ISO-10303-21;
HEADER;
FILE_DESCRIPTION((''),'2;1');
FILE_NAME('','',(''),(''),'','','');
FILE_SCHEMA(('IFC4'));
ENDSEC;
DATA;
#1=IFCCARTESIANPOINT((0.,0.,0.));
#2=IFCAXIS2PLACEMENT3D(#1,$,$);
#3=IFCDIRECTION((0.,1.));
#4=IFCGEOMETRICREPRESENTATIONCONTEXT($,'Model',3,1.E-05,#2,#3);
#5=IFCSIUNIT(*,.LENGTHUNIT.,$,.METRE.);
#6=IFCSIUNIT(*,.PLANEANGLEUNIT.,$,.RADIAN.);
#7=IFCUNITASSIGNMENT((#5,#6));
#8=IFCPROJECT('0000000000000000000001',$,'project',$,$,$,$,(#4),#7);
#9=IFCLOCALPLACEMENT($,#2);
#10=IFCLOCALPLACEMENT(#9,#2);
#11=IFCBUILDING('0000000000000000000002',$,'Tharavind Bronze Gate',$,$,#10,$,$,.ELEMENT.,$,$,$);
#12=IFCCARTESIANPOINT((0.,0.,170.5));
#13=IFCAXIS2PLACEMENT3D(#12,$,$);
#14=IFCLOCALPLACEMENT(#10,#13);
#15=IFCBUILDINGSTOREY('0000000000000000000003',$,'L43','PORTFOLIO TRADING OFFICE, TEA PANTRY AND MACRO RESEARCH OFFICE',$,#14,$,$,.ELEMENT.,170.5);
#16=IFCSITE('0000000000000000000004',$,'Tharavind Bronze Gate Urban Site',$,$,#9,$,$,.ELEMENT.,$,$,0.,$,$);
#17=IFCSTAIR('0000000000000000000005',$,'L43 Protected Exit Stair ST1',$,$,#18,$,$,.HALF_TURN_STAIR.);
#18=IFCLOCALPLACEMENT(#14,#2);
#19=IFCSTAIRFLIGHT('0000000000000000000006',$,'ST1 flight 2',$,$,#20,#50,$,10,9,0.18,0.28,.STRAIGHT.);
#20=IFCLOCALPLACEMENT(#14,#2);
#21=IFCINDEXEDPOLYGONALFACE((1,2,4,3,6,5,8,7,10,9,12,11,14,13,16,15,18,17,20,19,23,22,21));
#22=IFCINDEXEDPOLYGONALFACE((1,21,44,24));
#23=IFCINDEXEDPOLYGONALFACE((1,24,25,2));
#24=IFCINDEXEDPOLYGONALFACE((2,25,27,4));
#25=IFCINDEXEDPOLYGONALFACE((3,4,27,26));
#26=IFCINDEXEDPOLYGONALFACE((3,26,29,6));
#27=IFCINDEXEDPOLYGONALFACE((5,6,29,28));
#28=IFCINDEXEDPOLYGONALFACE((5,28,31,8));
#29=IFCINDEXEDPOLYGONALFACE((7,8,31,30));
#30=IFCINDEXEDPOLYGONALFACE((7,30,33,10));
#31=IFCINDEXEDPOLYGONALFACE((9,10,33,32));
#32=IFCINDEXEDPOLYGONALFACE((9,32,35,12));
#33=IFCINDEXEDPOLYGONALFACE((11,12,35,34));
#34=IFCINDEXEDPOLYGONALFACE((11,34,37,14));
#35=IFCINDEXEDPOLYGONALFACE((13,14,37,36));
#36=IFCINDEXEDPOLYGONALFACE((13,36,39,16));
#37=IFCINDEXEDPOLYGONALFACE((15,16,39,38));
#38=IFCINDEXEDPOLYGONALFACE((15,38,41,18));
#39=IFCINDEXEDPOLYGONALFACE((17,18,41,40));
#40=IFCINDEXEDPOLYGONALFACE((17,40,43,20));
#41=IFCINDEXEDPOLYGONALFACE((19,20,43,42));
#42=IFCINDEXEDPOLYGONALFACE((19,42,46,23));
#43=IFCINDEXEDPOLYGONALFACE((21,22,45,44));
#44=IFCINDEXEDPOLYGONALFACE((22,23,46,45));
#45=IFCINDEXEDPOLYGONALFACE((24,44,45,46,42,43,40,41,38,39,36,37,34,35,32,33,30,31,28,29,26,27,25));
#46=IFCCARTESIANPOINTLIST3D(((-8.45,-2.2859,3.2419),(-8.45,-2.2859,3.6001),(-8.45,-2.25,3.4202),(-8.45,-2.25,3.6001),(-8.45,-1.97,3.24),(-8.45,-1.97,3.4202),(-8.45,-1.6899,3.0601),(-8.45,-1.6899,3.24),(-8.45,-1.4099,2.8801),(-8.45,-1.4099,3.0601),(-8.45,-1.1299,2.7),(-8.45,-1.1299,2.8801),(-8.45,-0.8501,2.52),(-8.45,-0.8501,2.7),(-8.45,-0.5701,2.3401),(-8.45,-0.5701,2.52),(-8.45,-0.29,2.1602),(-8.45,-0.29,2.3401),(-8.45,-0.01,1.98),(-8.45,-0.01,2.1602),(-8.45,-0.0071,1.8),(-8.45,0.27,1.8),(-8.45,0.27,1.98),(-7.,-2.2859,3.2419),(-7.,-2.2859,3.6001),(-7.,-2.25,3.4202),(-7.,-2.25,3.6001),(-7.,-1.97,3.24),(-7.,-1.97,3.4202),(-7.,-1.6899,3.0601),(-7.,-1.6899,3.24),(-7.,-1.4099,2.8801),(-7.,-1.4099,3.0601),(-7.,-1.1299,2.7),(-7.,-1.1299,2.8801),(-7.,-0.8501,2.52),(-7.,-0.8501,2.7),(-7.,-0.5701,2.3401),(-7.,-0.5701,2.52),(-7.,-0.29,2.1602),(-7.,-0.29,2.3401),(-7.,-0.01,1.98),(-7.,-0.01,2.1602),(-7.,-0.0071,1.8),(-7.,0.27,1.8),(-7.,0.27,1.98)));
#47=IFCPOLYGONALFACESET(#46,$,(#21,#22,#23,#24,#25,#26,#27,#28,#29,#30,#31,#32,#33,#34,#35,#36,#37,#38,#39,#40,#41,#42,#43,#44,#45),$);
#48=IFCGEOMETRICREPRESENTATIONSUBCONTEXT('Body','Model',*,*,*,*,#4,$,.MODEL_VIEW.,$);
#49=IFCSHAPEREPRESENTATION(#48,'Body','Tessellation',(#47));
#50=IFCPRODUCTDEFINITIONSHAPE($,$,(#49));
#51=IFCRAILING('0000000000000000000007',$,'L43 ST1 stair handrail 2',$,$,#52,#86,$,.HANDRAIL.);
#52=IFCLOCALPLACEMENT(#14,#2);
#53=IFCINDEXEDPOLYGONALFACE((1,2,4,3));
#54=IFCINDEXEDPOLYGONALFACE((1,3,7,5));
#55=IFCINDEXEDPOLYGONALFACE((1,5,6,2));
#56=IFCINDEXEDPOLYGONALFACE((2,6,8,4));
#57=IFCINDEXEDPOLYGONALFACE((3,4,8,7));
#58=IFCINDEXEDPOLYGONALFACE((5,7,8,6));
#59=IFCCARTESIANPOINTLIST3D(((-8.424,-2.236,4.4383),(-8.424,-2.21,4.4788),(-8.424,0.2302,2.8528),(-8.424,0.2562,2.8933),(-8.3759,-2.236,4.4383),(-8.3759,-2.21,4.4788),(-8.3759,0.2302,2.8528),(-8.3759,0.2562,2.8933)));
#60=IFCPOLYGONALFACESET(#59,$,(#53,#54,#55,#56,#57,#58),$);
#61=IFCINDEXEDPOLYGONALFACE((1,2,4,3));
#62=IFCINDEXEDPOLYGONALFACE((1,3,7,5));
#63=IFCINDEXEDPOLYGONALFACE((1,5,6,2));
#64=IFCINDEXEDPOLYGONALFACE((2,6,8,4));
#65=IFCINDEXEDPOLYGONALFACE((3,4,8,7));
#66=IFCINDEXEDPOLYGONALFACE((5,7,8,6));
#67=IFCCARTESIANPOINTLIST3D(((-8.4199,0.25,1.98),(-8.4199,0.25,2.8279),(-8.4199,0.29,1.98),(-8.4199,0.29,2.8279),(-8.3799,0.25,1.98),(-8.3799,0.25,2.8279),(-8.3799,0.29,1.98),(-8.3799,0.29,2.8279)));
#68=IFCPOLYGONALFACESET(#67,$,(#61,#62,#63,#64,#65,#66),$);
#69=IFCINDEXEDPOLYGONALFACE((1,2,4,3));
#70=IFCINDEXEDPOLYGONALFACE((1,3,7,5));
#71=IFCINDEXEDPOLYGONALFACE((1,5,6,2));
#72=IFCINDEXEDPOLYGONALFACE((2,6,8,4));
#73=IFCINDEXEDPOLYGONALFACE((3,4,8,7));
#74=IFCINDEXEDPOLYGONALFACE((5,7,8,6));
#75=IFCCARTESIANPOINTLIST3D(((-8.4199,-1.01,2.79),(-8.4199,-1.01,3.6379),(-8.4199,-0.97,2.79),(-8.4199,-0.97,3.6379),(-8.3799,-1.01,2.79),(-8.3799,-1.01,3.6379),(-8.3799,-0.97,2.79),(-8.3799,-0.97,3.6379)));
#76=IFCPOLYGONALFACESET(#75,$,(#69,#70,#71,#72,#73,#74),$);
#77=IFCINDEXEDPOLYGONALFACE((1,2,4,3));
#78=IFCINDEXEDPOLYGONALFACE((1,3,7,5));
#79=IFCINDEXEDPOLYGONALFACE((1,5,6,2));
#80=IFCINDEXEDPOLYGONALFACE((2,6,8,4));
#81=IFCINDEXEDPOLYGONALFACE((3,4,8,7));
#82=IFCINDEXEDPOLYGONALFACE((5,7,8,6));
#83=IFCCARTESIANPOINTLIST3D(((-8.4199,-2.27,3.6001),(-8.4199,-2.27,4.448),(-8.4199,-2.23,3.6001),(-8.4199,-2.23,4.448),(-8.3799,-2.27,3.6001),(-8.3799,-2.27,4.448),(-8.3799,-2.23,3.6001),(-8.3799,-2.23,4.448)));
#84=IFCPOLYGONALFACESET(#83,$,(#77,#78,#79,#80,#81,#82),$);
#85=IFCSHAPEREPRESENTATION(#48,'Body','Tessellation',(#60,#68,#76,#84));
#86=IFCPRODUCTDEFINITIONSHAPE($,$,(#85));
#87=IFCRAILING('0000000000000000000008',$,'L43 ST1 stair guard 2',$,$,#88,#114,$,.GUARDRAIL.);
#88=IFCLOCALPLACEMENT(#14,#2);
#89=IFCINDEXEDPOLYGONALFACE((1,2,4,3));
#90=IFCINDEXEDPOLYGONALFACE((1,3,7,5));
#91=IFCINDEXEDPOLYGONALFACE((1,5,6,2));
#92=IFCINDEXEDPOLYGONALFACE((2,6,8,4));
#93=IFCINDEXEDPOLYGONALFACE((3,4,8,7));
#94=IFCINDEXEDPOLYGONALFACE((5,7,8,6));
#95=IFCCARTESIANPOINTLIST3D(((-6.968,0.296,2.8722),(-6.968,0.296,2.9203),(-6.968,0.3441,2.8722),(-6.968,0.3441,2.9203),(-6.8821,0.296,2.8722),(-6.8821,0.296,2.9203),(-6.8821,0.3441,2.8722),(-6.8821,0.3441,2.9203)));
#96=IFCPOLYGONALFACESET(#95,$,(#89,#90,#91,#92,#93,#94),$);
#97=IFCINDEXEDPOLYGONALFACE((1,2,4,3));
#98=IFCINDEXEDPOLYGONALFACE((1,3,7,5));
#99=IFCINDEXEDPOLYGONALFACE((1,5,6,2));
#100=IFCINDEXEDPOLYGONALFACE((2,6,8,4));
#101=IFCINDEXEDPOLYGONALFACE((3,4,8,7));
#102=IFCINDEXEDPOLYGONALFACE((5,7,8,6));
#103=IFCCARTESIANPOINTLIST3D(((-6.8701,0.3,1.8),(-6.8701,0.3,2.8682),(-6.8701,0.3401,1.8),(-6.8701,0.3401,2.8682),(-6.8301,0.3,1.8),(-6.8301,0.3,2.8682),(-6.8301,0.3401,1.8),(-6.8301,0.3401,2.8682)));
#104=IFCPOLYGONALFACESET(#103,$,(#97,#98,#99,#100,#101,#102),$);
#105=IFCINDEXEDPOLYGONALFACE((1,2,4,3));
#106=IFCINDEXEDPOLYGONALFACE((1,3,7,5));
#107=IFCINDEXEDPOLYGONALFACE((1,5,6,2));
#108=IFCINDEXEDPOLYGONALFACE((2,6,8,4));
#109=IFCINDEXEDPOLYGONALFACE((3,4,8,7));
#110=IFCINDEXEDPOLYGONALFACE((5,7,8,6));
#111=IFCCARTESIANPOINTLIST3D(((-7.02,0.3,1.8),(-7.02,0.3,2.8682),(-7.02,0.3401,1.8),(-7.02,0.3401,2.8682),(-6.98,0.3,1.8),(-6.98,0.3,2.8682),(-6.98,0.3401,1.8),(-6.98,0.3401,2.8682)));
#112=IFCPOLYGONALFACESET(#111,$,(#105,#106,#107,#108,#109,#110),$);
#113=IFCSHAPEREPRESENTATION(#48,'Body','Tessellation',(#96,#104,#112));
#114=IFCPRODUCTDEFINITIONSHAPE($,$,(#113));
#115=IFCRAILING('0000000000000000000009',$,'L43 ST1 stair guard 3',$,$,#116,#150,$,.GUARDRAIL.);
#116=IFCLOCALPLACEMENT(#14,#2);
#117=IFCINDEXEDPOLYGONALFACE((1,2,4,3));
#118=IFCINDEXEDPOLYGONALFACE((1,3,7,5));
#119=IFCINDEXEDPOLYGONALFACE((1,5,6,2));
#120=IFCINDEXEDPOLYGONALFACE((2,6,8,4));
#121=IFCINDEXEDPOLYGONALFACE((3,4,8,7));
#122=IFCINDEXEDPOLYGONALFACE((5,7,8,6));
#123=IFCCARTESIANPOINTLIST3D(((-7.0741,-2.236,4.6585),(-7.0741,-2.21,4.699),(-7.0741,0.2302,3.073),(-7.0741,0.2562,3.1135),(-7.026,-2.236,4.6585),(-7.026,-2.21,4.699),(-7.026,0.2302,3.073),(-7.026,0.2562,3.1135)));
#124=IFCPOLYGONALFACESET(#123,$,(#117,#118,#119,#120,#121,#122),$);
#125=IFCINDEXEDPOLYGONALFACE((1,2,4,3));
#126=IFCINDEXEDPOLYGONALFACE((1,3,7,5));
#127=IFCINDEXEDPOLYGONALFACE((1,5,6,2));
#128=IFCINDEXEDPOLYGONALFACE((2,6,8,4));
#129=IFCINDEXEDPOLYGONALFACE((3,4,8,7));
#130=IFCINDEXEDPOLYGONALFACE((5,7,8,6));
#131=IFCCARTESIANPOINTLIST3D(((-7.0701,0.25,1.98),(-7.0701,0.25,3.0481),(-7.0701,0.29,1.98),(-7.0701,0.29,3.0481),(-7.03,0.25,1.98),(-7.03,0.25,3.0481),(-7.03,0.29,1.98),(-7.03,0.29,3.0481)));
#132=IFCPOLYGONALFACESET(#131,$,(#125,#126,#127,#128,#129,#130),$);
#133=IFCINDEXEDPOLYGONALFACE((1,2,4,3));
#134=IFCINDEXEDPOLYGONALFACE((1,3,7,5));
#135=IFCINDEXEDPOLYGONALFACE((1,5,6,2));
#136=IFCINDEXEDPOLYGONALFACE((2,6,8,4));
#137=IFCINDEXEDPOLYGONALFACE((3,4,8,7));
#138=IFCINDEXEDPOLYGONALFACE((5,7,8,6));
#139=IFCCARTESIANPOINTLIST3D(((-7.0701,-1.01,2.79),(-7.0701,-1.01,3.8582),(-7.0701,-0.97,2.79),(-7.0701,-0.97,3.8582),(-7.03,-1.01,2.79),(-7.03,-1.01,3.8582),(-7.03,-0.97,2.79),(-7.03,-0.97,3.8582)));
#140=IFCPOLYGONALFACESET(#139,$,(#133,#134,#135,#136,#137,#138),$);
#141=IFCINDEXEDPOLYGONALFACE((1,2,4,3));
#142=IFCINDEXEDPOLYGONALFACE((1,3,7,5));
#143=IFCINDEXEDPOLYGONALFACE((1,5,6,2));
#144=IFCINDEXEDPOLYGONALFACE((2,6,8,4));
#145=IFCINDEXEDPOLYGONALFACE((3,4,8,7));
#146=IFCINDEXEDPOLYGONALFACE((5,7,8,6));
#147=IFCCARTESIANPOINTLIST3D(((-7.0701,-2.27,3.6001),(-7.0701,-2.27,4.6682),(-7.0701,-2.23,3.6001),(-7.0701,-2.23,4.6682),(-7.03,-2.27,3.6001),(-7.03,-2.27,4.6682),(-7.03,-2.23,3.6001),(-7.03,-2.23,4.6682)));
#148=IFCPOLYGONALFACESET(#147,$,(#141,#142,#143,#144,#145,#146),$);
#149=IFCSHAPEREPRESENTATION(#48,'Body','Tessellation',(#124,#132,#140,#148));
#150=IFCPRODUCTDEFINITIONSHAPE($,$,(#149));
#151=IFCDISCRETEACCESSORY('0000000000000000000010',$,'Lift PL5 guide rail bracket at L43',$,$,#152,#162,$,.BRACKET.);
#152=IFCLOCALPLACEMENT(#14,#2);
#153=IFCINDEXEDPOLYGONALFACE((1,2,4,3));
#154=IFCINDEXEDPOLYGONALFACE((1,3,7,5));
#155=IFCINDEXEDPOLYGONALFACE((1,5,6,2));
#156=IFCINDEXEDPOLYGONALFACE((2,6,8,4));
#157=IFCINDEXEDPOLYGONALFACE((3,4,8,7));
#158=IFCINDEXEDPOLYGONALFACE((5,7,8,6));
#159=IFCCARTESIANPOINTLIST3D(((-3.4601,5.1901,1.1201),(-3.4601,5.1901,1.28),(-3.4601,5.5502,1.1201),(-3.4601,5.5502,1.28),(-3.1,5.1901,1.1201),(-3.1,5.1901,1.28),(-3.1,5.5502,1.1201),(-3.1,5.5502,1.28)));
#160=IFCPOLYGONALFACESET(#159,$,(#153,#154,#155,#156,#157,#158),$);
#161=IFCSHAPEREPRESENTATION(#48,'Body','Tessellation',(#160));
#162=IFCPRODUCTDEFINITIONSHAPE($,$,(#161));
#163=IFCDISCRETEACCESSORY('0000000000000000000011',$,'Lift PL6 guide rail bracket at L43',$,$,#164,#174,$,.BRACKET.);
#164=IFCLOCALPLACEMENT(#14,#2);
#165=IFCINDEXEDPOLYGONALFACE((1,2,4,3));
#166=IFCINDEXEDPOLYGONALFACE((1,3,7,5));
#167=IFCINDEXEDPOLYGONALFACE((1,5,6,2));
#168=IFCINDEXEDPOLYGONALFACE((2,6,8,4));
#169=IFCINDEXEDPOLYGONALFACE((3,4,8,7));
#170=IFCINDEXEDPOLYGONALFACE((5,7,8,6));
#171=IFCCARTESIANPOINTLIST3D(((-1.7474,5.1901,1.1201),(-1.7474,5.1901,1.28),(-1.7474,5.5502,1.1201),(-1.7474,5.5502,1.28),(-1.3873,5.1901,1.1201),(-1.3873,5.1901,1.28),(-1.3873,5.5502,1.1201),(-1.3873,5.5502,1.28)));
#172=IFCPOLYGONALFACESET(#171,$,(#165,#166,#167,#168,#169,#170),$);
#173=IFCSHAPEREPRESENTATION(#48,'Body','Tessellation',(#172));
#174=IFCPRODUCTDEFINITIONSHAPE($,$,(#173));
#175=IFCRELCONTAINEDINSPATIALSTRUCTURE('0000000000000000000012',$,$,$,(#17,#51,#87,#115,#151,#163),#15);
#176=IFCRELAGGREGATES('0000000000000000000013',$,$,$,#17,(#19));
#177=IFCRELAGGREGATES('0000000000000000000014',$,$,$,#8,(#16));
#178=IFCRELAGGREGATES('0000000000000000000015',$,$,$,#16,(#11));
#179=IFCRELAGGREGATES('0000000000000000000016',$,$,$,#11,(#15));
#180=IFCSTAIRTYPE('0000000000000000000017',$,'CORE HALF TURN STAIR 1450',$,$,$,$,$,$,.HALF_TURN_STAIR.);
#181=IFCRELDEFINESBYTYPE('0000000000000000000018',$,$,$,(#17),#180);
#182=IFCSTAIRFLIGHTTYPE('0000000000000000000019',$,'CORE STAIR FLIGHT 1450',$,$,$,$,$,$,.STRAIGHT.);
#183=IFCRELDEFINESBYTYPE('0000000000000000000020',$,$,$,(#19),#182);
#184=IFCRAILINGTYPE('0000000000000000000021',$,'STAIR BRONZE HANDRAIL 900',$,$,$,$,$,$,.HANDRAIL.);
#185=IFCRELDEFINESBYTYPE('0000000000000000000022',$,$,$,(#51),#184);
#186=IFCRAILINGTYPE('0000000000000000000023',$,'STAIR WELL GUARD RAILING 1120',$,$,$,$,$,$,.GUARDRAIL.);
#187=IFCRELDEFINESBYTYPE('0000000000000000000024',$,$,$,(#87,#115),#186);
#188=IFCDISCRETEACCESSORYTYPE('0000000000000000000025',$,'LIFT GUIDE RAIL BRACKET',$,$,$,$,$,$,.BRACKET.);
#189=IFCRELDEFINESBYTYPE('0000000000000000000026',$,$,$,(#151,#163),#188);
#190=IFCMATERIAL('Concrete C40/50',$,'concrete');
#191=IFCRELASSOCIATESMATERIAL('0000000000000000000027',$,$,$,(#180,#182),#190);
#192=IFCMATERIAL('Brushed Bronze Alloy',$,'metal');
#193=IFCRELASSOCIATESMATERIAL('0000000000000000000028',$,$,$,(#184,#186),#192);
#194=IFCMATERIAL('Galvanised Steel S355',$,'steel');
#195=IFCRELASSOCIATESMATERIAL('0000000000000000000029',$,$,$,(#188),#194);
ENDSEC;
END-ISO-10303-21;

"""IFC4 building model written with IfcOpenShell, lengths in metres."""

from ifc_helpers import new_model, si_unit, direction, frame, origin, origin_2d, place, context, subcontext, project, spatial, polyline, rectangle, outline, extrude, material, type_object, element, aggregate, save


model = new_model("IFC4")

# Units and contexts
model_context = context("Model", 3, precision=1e-05, world=origin(), true_north=direction((0.0, 1.0)))
body_context = subcontext(model_context, "Body", "Model", "MODEL_VIEW")
ifc_project = project(units=[si_unit("LENGTHUNIT", "METRE"), si_unit("PLANEANGLEUNIT", "RADIAN")], contexts=[model_context])

# Site, building, storey
site_placement = place(None, origin())
site = spatial("IfcSite", under=ifc_project, at=site_placement, Name="Tharavind Bronze Gate Urban Site", CompositionType="ELEMENT", RefElevation=0.0)
building_placement = place(site_placement, origin())
building = spatial("IfcBuilding", under=site, at=building_placement, Name="Tharavind Bronze Gate", CompositionType="ELEMENT")
storey_placement = place(building_placement, frame((0.0, 0.0, 170.5)))
storey = spatial("IfcBuildingStorey", under=building, at=storey_placement, Name="L43", Description="PORTFOLIO TRADING OFFICE, TEA PANTRY AND MACRO RESEARCH OFFICE", CompositionType="ELEMENT", Elevation=170.5)

# Shared definitions
ifc_material_1 = material(Name="Concrete C40/50", Category="concrete")

# Stair, stair flight
stair_type = type_object("IfcStairType", Name="CORE HALF TURN STAIR 1450", PredefinedType="HALF_TURN_STAIR", material=ifc_material_1)
stair_placement = place(storey_placement, origin())
stair = element("IfcStair", 1, at=stair_placement, inside=storey, type_object=stair_type, Name="L43 Protected Exit Stair ST1", PredefinedType="HALF_TURN_STAIR")
stair_flight_type = type_object("IfcStairFlightType", Name="CORE STAIR FLIGHT 1450", PredefinedType="STRAIGHT", material=ifc_material_1)
stair_flight_placement = place(storey_placement, frame((-7.7251, 0.27, 1.8), z_axis=(0.0, 0.0, 1.0), x_axis=(0.0, -1.0, 0.0)))
stair_flight = element("IfcStairFlight", 2, at=stair_flight_placement, type_object=stair_flight_type, Name="ST1 flight 2", NumberOfRisers=10, NumberOfTreads=9, PredefinedType="STRAIGHT", RiserHeight=0.18, TreadLength=0.28, context=body_context, shape_type="SweptSolid", body=[
    extrude(outline(polyline([(0.0, 0.0), (0.0, 0.1799), (0.28, 0.1799), (0.28, 0.3601), (0.5601, 0.3601), (0.5601, 0.54), (0.8401, 0.54), (0.8401, 0.72), (1.1201, 0.72), (1.1201, 0.8999), (1.3999, 0.8999), (1.3999, 1.0801), (1.6799, 1.0801), (1.6799, 1.26), (1.96, 1.26), (1.96, 1.4399), (2.24, 1.4399), (2.24, 1.6201), (2.52, 1.6201), (2.52, 1.8), (2.5559, 1.8), (2.5559, 1.4419), (0.2771, 0.0), (0.0, 0.0)])), frame((0.0, 0.7251, 0.0), z_axis=(0.0, -1.0, 0.0), x_axis=(1.0, 0.0, 0.0)), (0.0, 0.0, 1.0), 1.45),
])
aggregate(stair, [stair_flight])

# Railings
ifc_material_2 = material(Name="Brushed Bronze Alloy", Category="metal")
railing_type_1 = type_object("IfcRailingType", Name="STAIR BRONZE HANDRAIL 900", PredefinedType="HANDRAIL", material=ifc_material_2)
railing_1_placement = place(storey_placement, frame((-8.3999, 0.27, 1.98)))
element("IfcRailing", 3, at=railing_1_placement, inside=storey, type_object=railing_type_1, Name="L43 ST1 stair handrail 2", PredefinedType="HANDRAIL", context=body_context, shape_type="SweptSolid", body=[
    extrude(rectangle(XDim=0.0481, YDim=0.0481, at=origin_2d()), frame((0.0, -0.0269, 0.8931), z_axis=(0.0, -0.841163, 0.540782), x_axis=(1.0, 0.0, 0.0)), (0.0, 0.0, 1.0), 2.9319),
    extrude(rectangle(XDim=0.04, YDim=0.04, at=origin_2d()), origin(), (0.0, 0.0, 1.0), 0.8479),
    extrude(rectangle(XDim=0.04, YDim=0.04, at=origin_2d()), frame((0.0, -1.26, 0.8101)), (0.0, 0.0, 1.0), 0.8479),
    extrude(rectangle(XDim=0.04, YDim=0.04, at=origin_2d()), frame((0.0, -2.52, 1.6201)), (0.0, 0.0, 1.0), 0.8479),
])
railing_type_2 = type_object("IfcRailingType", Name="STAIR WELL GUARD RAILING 1120", PredefinedType="GUARDRAIL", material=ifc_material_2)
railing_2_placement = place(storey_placement, frame((-6.8501, 0.3201, 1.8)))
element("IfcRailing", 4, at=railing_2_placement, inside=storey, type_object=railing_type_2, Name="L43 ST1 stair guard 2", PredefinedType="GUARDRAIL", context=body_context, shape_type="SweptSolid", body=[
    extrude(rectangle(XDim=0.0481, YDim=0.0481, at=origin_2d()), frame((-0.032, 0.0, 1.0962), z_axis=(-1.0, 0.0, 0.0), x_axis=(0.0, -1.0, 0.0)), (0.0, 0.0, 1.0), 0.0859),
    extrude(rectangle(XDim=0.04, YDim=0.04, at=origin_2d()), origin(), (0.0, 0.0, 1.0), 1.0681),
    extrude(rectangle(XDim=0.04, YDim=0.04, at=origin_2d()), frame((-0.1499, 0.0, 0.0)), (0.0, 0.0, 1.0), 1.0681),
])
railing_3_placement = place(storey_placement, frame((-7.05, 0.27, 1.98)))
element("IfcRailing", 5, at=railing_3_placement, inside=storey, type_object=railing_type_2, Name="L43 ST1 stair guard 3", PredefinedType="GUARDRAIL", context=body_context, shape_type="SweptSolid", body=[
    extrude(rectangle(XDim=0.0481, YDim=0.0481, at=origin_2d()), frame((0.0, -0.0269, 1.1133), z_axis=(0.0, -0.841163, 0.540782), x_axis=(1.0, 0.0, 0.0)), (0.0, 0.0, 1.0), 2.9319),
    extrude(rectangle(XDim=0.04, YDim=0.04, at=origin_2d()), origin(), (0.0, 0.0, 1.0), 1.0681),
    extrude(rectangle(XDim=0.04, YDim=0.04, at=origin_2d()), frame((0.0, -1.26, 0.8101)), (0.0, 0.0, 1.0), 1.0681),
    extrude(rectangle(XDim=0.04, YDim=0.04, at=origin_2d()), frame((0.0, -2.52, 1.6201)), (0.0, 0.0, 1.0), 1.0681),
])

# Discrete accessories
ifc_material_3 = material(Name="Galvanised Steel S355", Category="steel")
discrete_accessory_type = type_object("IfcDiscreteAccessoryType", Name="LIFT GUIDE RAIL BRACKET", PredefinedType="BRACKET", material=ifc_material_3)
for number, where, z_axis, x_axis, name in (
    (6, (-3.28, 5.3701, 1.1201), (0.0, 0.0, 1.0), (1.0, 0.0, 0.0), "Lift PL5 guide rail bracket at L43"),
    (7, (-1.5674, 5.3701, 1.1201), (0.0, 0.0, 1.0), (1.0, 0.0, 0.0), "Lift PL6 guide rail bracket at L43"),
):
    element("IfcDiscreteAccessory", number, at=place(storey_placement, frame(where, z_axis=z_axis, x_axis=x_axis)), inside=storey, type_object=discrete_accessory_type, Name=name, PredefinedType="BRACKET", context=body_context, shape_type="SweptSolid", body=[
        extrude(rectangle(XDim=0.3601, YDim=0.3601, at=origin_2d()), origin(), (0.0, 0.0, 1.0), 0.1599),
    ])

save(model, "model.ifc")
